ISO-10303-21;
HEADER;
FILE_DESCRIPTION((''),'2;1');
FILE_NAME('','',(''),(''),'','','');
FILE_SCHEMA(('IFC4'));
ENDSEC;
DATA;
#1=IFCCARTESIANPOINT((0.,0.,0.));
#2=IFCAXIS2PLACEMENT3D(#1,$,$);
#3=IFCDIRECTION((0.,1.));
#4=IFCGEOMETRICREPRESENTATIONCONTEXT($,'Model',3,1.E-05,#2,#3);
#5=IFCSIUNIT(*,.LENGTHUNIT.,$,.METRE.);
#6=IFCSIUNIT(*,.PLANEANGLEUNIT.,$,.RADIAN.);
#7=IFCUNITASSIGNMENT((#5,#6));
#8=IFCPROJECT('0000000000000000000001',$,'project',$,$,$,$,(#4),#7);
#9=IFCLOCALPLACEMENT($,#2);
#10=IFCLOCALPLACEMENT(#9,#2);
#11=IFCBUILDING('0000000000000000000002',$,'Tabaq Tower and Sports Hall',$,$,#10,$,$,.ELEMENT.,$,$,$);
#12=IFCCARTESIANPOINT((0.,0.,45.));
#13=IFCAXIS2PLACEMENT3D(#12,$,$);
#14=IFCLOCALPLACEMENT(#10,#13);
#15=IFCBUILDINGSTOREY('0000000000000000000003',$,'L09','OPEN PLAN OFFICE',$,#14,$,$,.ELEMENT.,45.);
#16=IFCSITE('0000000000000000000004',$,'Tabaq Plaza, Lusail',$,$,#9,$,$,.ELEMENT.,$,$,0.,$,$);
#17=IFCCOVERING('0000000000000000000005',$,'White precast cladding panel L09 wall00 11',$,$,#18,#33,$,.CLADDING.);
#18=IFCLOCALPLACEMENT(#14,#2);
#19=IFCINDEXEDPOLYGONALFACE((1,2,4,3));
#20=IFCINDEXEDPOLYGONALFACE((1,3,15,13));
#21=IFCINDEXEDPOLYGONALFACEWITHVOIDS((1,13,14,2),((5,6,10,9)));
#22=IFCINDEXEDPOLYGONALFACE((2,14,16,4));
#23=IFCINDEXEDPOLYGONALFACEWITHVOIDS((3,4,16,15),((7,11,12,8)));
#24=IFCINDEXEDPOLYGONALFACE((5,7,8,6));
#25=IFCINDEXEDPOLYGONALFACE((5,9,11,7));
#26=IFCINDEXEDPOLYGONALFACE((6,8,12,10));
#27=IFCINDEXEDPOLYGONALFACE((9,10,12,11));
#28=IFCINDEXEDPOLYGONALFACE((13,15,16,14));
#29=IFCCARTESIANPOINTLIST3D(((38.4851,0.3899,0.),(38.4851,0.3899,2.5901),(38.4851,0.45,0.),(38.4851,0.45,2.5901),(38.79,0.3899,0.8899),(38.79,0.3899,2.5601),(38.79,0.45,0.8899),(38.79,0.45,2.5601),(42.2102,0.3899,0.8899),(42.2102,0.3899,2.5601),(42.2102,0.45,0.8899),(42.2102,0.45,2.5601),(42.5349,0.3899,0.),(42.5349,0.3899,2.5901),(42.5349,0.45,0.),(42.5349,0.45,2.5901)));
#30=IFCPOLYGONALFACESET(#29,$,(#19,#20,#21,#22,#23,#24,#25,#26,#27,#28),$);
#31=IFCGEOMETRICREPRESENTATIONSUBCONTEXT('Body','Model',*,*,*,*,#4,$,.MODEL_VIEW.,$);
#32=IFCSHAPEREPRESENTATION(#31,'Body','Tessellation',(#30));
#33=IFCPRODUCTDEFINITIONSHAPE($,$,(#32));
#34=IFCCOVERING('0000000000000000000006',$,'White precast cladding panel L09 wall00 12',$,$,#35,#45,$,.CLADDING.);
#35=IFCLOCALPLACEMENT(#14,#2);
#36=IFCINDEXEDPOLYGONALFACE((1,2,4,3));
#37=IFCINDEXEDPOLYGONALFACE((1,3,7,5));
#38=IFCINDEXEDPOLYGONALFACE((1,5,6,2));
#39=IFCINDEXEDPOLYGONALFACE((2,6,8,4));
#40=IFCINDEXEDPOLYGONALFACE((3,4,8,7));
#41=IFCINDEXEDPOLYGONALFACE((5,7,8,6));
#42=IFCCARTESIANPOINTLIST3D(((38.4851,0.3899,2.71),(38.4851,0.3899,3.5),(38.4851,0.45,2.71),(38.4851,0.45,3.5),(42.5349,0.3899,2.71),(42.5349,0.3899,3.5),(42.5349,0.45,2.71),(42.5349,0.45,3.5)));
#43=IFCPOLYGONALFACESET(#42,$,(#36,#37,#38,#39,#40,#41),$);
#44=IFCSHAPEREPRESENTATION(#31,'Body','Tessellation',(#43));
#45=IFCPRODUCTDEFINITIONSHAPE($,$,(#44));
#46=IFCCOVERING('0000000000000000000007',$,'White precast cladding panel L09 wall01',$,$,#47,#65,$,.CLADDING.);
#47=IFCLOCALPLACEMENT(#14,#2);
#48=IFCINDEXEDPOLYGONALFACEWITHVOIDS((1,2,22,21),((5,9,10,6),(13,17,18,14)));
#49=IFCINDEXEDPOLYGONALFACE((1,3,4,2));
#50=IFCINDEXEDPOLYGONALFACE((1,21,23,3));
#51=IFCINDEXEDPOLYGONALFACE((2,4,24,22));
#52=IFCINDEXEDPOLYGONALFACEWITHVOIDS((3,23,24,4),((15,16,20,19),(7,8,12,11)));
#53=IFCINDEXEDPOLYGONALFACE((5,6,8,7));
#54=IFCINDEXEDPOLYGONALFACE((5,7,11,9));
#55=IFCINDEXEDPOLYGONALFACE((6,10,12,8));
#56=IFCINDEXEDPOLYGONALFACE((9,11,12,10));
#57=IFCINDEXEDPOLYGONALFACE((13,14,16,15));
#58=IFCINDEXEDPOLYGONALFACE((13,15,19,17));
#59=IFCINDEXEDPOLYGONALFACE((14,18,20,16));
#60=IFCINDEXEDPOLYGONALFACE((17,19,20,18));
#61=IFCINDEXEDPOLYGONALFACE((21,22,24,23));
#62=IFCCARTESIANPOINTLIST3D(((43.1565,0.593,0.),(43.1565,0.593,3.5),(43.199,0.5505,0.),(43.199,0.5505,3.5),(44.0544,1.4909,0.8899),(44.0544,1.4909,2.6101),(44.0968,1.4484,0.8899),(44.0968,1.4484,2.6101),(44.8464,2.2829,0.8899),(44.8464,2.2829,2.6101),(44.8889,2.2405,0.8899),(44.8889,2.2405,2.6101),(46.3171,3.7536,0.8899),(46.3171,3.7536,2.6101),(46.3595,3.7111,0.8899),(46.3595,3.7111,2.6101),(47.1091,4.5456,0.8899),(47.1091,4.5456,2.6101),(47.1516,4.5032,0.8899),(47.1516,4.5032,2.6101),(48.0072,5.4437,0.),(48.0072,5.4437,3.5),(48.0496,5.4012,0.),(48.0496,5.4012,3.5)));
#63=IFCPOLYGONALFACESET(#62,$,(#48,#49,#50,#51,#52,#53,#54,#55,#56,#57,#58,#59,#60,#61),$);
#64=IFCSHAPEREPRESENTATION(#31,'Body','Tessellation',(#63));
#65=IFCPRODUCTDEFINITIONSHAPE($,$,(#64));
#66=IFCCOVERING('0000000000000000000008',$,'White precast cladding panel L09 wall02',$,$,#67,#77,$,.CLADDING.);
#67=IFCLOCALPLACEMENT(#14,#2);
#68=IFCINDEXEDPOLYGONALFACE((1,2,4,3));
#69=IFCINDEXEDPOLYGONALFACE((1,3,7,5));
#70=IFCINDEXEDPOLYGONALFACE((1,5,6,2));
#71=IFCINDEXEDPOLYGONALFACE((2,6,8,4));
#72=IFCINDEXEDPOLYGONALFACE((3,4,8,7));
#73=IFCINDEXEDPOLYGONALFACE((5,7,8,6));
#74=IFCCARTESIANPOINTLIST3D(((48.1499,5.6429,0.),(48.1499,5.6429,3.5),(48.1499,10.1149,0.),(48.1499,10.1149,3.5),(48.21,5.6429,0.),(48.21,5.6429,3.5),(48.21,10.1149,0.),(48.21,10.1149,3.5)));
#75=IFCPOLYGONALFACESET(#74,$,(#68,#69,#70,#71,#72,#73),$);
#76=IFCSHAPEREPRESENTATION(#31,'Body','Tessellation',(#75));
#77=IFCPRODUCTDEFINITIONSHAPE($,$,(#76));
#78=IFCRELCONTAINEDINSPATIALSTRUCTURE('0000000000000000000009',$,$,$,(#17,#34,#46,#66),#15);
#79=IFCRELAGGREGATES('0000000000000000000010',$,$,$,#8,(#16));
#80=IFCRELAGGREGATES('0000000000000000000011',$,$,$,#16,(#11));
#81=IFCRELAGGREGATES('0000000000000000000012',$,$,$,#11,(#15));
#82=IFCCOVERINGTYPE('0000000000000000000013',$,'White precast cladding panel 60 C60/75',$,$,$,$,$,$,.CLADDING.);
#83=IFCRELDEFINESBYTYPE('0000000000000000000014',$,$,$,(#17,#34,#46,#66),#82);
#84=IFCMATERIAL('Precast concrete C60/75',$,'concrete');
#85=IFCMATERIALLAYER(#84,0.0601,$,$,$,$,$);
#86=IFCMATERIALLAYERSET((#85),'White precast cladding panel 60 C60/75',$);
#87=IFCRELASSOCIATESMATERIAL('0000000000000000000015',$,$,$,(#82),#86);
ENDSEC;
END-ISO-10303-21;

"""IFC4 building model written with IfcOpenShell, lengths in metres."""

from ifc_helpers import new_model, si_unit, direction, frame, frame_2d, origin, place, context, subcontext, project, spatial, polyline, rectangle, outline, extrude, material, layer, layer_set, type_object, element, save


model = new_model("IFC4")

# Units and contexts
model_context = context("Model", 3, precision=1e-05, world=origin(), true_north=direction((0.0, 1.0)))
body_context = subcontext(model_context, "Body", "Model", "MODEL_VIEW")
ifc_project = project(units=[si_unit("LENGTHUNIT", "METRE"), si_unit("PLANEANGLEUNIT", "RADIAN")], contexts=[model_context])

# Site, building, storey
site_placement = place(None, origin())
site = spatial("IfcSite", under=ifc_project, at=site_placement, Name="Tabaq Plaza, Lusail", CompositionType="ELEMENT", RefElevation=0.0)
building_placement = place(site_placement, origin())
building = spatial("IfcBuilding", under=site, at=building_placement, Name="Tabaq Tower and Sports Hall", CompositionType="ELEMENT")
storey_placement = place(building_placement, frame((0.0, 0.0, 45.0)))
storey = spatial("IfcBuildingStorey", under=building, at=storey_placement, Name="L09", Description="OPEN PLAN OFFICE", CompositionType="ELEMENT", Elevation=45.0)

# Coverings
ifc_material_1 = material(Name="Precast concrete C60/75", Category="concrete")
ifc_layer_1 = layer(ifc_material_1, 0.0601)
ifc_layer_set_1 = layer_set([ifc_layer_1], Name="White precast cladding panel 60 C60/75")
covering_type_1 = type_object("IfcCoveringType", Name="White precast cladding panel 60 C60/75", PredefinedType="CLADDING", material=ifc_layer_set_1)
covering_1_placement = place(storey_placement, frame((38.4851, 0.4199, 0.0), z_axis=(0.0, 0.0, 1.0), x_axis=(1.0, 0.0, 0.0)))
element("IfcCovering", 1, at=covering_1_placement, inside=storey, type_object=covering_type_1, Name="White precast cladding panel L09 wall00 11", PredefinedType="CLADDING", context=body_context, shape_type="SweptSolid", body=[
    extrude(outline(polyline([(0.0, 0.0), (4.0498, 0.0), (4.0498, 2.5901), (0.0, 2.5901), (0.0, 0.0)]), holes=[polyline([(3.7251, 0.8899), (0.3049, 0.8899), (0.3049, 2.5601), (3.7251, 2.5601), (3.7251, 0.8899)])]), frame((0.0, 0.03, 0.0), z_axis=(0.0, -1.0, 0.0), x_axis=(1.0, 0.0, 0.0)), (0.0, 0.0, 1.0), 0.0601),
])
covering_2_placement = place(storey_placement, frame((38.4851, 0.4199, 2.71), z_axis=(0.0, 0.0, 1.0), x_axis=(1.0, 0.0, 0.0)))
element("IfcCovering", 2, at=covering_2_placement, inside=storey, type_object=covering_type_1, Name="White precast cladding panel L09 wall00 12", PredefinedType="CLADDING", context=body_context, shape_type="SweptSolid", body=[
    extrude(rectangle(XDim=4.0498, YDim=0.0601, at=frame_2d((2.0249, 0.0))), origin(), (0.0, 0.0, 1.0), 0.79),
])
covering_3_placement = place(storey_placement, frame((43.1777, 0.5718, 0.0), z_axis=(0.0, 0.0, 1.0), x_axis=(0.707107, 0.707107, 0.0)))
element("IfcCovering", 3, at=covering_3_placement, inside=storey, type_object=covering_type_1, Name="White precast cladding panel L09 wall01", PredefinedType="CLADDING", context=body_context, shape_type="SweptSolid", body=[
    extrude(outline(polyline([(0.0, 0.0), (6.8599, 0.0), (6.8599, 3.5), (0.0, 3.5), (0.0, 0.0)]), holes=[polyline([(1.2698, 2.6101), (2.3899, 2.6101), (2.3899, 0.8899), (1.2698, 0.8899), (1.2698, 2.6101)]), polyline([(4.4697, 2.6101), (5.5898, 2.6101), (5.5898, 0.8899), (4.4697, 0.8899), (4.4697, 2.6101)])]), frame((0.0, 0.03, 0.0), z_axis=(0.0, -1.0, 0.0), x_axis=(1.0, 0.0, 0.0)), (0.0, 0.0, 1.0), 0.0601),
])
covering_4_placement = place(storey_placement, frame((48.1799, 5.6431, 0.0), z_axis=(0.0, 0.0, 1.0), x_axis=(0.0, 1.0, 0.0)))
element("IfcCovering", 4, at=covering_4_placement, inside=storey, type_object=covering_type_1, Name="White precast cladding panel L09 wall02", PredefinedType="CLADDING", context=body_context, shape_type="SweptSolid", body=[
    extrude(rectangle(XDim=4.4719, YDim=0.0601, at=frame_2d((2.2358, 0.0))), origin(), (0.0, 0.0, 1.0), 3.5),
])

save(model, "model.ifc")
